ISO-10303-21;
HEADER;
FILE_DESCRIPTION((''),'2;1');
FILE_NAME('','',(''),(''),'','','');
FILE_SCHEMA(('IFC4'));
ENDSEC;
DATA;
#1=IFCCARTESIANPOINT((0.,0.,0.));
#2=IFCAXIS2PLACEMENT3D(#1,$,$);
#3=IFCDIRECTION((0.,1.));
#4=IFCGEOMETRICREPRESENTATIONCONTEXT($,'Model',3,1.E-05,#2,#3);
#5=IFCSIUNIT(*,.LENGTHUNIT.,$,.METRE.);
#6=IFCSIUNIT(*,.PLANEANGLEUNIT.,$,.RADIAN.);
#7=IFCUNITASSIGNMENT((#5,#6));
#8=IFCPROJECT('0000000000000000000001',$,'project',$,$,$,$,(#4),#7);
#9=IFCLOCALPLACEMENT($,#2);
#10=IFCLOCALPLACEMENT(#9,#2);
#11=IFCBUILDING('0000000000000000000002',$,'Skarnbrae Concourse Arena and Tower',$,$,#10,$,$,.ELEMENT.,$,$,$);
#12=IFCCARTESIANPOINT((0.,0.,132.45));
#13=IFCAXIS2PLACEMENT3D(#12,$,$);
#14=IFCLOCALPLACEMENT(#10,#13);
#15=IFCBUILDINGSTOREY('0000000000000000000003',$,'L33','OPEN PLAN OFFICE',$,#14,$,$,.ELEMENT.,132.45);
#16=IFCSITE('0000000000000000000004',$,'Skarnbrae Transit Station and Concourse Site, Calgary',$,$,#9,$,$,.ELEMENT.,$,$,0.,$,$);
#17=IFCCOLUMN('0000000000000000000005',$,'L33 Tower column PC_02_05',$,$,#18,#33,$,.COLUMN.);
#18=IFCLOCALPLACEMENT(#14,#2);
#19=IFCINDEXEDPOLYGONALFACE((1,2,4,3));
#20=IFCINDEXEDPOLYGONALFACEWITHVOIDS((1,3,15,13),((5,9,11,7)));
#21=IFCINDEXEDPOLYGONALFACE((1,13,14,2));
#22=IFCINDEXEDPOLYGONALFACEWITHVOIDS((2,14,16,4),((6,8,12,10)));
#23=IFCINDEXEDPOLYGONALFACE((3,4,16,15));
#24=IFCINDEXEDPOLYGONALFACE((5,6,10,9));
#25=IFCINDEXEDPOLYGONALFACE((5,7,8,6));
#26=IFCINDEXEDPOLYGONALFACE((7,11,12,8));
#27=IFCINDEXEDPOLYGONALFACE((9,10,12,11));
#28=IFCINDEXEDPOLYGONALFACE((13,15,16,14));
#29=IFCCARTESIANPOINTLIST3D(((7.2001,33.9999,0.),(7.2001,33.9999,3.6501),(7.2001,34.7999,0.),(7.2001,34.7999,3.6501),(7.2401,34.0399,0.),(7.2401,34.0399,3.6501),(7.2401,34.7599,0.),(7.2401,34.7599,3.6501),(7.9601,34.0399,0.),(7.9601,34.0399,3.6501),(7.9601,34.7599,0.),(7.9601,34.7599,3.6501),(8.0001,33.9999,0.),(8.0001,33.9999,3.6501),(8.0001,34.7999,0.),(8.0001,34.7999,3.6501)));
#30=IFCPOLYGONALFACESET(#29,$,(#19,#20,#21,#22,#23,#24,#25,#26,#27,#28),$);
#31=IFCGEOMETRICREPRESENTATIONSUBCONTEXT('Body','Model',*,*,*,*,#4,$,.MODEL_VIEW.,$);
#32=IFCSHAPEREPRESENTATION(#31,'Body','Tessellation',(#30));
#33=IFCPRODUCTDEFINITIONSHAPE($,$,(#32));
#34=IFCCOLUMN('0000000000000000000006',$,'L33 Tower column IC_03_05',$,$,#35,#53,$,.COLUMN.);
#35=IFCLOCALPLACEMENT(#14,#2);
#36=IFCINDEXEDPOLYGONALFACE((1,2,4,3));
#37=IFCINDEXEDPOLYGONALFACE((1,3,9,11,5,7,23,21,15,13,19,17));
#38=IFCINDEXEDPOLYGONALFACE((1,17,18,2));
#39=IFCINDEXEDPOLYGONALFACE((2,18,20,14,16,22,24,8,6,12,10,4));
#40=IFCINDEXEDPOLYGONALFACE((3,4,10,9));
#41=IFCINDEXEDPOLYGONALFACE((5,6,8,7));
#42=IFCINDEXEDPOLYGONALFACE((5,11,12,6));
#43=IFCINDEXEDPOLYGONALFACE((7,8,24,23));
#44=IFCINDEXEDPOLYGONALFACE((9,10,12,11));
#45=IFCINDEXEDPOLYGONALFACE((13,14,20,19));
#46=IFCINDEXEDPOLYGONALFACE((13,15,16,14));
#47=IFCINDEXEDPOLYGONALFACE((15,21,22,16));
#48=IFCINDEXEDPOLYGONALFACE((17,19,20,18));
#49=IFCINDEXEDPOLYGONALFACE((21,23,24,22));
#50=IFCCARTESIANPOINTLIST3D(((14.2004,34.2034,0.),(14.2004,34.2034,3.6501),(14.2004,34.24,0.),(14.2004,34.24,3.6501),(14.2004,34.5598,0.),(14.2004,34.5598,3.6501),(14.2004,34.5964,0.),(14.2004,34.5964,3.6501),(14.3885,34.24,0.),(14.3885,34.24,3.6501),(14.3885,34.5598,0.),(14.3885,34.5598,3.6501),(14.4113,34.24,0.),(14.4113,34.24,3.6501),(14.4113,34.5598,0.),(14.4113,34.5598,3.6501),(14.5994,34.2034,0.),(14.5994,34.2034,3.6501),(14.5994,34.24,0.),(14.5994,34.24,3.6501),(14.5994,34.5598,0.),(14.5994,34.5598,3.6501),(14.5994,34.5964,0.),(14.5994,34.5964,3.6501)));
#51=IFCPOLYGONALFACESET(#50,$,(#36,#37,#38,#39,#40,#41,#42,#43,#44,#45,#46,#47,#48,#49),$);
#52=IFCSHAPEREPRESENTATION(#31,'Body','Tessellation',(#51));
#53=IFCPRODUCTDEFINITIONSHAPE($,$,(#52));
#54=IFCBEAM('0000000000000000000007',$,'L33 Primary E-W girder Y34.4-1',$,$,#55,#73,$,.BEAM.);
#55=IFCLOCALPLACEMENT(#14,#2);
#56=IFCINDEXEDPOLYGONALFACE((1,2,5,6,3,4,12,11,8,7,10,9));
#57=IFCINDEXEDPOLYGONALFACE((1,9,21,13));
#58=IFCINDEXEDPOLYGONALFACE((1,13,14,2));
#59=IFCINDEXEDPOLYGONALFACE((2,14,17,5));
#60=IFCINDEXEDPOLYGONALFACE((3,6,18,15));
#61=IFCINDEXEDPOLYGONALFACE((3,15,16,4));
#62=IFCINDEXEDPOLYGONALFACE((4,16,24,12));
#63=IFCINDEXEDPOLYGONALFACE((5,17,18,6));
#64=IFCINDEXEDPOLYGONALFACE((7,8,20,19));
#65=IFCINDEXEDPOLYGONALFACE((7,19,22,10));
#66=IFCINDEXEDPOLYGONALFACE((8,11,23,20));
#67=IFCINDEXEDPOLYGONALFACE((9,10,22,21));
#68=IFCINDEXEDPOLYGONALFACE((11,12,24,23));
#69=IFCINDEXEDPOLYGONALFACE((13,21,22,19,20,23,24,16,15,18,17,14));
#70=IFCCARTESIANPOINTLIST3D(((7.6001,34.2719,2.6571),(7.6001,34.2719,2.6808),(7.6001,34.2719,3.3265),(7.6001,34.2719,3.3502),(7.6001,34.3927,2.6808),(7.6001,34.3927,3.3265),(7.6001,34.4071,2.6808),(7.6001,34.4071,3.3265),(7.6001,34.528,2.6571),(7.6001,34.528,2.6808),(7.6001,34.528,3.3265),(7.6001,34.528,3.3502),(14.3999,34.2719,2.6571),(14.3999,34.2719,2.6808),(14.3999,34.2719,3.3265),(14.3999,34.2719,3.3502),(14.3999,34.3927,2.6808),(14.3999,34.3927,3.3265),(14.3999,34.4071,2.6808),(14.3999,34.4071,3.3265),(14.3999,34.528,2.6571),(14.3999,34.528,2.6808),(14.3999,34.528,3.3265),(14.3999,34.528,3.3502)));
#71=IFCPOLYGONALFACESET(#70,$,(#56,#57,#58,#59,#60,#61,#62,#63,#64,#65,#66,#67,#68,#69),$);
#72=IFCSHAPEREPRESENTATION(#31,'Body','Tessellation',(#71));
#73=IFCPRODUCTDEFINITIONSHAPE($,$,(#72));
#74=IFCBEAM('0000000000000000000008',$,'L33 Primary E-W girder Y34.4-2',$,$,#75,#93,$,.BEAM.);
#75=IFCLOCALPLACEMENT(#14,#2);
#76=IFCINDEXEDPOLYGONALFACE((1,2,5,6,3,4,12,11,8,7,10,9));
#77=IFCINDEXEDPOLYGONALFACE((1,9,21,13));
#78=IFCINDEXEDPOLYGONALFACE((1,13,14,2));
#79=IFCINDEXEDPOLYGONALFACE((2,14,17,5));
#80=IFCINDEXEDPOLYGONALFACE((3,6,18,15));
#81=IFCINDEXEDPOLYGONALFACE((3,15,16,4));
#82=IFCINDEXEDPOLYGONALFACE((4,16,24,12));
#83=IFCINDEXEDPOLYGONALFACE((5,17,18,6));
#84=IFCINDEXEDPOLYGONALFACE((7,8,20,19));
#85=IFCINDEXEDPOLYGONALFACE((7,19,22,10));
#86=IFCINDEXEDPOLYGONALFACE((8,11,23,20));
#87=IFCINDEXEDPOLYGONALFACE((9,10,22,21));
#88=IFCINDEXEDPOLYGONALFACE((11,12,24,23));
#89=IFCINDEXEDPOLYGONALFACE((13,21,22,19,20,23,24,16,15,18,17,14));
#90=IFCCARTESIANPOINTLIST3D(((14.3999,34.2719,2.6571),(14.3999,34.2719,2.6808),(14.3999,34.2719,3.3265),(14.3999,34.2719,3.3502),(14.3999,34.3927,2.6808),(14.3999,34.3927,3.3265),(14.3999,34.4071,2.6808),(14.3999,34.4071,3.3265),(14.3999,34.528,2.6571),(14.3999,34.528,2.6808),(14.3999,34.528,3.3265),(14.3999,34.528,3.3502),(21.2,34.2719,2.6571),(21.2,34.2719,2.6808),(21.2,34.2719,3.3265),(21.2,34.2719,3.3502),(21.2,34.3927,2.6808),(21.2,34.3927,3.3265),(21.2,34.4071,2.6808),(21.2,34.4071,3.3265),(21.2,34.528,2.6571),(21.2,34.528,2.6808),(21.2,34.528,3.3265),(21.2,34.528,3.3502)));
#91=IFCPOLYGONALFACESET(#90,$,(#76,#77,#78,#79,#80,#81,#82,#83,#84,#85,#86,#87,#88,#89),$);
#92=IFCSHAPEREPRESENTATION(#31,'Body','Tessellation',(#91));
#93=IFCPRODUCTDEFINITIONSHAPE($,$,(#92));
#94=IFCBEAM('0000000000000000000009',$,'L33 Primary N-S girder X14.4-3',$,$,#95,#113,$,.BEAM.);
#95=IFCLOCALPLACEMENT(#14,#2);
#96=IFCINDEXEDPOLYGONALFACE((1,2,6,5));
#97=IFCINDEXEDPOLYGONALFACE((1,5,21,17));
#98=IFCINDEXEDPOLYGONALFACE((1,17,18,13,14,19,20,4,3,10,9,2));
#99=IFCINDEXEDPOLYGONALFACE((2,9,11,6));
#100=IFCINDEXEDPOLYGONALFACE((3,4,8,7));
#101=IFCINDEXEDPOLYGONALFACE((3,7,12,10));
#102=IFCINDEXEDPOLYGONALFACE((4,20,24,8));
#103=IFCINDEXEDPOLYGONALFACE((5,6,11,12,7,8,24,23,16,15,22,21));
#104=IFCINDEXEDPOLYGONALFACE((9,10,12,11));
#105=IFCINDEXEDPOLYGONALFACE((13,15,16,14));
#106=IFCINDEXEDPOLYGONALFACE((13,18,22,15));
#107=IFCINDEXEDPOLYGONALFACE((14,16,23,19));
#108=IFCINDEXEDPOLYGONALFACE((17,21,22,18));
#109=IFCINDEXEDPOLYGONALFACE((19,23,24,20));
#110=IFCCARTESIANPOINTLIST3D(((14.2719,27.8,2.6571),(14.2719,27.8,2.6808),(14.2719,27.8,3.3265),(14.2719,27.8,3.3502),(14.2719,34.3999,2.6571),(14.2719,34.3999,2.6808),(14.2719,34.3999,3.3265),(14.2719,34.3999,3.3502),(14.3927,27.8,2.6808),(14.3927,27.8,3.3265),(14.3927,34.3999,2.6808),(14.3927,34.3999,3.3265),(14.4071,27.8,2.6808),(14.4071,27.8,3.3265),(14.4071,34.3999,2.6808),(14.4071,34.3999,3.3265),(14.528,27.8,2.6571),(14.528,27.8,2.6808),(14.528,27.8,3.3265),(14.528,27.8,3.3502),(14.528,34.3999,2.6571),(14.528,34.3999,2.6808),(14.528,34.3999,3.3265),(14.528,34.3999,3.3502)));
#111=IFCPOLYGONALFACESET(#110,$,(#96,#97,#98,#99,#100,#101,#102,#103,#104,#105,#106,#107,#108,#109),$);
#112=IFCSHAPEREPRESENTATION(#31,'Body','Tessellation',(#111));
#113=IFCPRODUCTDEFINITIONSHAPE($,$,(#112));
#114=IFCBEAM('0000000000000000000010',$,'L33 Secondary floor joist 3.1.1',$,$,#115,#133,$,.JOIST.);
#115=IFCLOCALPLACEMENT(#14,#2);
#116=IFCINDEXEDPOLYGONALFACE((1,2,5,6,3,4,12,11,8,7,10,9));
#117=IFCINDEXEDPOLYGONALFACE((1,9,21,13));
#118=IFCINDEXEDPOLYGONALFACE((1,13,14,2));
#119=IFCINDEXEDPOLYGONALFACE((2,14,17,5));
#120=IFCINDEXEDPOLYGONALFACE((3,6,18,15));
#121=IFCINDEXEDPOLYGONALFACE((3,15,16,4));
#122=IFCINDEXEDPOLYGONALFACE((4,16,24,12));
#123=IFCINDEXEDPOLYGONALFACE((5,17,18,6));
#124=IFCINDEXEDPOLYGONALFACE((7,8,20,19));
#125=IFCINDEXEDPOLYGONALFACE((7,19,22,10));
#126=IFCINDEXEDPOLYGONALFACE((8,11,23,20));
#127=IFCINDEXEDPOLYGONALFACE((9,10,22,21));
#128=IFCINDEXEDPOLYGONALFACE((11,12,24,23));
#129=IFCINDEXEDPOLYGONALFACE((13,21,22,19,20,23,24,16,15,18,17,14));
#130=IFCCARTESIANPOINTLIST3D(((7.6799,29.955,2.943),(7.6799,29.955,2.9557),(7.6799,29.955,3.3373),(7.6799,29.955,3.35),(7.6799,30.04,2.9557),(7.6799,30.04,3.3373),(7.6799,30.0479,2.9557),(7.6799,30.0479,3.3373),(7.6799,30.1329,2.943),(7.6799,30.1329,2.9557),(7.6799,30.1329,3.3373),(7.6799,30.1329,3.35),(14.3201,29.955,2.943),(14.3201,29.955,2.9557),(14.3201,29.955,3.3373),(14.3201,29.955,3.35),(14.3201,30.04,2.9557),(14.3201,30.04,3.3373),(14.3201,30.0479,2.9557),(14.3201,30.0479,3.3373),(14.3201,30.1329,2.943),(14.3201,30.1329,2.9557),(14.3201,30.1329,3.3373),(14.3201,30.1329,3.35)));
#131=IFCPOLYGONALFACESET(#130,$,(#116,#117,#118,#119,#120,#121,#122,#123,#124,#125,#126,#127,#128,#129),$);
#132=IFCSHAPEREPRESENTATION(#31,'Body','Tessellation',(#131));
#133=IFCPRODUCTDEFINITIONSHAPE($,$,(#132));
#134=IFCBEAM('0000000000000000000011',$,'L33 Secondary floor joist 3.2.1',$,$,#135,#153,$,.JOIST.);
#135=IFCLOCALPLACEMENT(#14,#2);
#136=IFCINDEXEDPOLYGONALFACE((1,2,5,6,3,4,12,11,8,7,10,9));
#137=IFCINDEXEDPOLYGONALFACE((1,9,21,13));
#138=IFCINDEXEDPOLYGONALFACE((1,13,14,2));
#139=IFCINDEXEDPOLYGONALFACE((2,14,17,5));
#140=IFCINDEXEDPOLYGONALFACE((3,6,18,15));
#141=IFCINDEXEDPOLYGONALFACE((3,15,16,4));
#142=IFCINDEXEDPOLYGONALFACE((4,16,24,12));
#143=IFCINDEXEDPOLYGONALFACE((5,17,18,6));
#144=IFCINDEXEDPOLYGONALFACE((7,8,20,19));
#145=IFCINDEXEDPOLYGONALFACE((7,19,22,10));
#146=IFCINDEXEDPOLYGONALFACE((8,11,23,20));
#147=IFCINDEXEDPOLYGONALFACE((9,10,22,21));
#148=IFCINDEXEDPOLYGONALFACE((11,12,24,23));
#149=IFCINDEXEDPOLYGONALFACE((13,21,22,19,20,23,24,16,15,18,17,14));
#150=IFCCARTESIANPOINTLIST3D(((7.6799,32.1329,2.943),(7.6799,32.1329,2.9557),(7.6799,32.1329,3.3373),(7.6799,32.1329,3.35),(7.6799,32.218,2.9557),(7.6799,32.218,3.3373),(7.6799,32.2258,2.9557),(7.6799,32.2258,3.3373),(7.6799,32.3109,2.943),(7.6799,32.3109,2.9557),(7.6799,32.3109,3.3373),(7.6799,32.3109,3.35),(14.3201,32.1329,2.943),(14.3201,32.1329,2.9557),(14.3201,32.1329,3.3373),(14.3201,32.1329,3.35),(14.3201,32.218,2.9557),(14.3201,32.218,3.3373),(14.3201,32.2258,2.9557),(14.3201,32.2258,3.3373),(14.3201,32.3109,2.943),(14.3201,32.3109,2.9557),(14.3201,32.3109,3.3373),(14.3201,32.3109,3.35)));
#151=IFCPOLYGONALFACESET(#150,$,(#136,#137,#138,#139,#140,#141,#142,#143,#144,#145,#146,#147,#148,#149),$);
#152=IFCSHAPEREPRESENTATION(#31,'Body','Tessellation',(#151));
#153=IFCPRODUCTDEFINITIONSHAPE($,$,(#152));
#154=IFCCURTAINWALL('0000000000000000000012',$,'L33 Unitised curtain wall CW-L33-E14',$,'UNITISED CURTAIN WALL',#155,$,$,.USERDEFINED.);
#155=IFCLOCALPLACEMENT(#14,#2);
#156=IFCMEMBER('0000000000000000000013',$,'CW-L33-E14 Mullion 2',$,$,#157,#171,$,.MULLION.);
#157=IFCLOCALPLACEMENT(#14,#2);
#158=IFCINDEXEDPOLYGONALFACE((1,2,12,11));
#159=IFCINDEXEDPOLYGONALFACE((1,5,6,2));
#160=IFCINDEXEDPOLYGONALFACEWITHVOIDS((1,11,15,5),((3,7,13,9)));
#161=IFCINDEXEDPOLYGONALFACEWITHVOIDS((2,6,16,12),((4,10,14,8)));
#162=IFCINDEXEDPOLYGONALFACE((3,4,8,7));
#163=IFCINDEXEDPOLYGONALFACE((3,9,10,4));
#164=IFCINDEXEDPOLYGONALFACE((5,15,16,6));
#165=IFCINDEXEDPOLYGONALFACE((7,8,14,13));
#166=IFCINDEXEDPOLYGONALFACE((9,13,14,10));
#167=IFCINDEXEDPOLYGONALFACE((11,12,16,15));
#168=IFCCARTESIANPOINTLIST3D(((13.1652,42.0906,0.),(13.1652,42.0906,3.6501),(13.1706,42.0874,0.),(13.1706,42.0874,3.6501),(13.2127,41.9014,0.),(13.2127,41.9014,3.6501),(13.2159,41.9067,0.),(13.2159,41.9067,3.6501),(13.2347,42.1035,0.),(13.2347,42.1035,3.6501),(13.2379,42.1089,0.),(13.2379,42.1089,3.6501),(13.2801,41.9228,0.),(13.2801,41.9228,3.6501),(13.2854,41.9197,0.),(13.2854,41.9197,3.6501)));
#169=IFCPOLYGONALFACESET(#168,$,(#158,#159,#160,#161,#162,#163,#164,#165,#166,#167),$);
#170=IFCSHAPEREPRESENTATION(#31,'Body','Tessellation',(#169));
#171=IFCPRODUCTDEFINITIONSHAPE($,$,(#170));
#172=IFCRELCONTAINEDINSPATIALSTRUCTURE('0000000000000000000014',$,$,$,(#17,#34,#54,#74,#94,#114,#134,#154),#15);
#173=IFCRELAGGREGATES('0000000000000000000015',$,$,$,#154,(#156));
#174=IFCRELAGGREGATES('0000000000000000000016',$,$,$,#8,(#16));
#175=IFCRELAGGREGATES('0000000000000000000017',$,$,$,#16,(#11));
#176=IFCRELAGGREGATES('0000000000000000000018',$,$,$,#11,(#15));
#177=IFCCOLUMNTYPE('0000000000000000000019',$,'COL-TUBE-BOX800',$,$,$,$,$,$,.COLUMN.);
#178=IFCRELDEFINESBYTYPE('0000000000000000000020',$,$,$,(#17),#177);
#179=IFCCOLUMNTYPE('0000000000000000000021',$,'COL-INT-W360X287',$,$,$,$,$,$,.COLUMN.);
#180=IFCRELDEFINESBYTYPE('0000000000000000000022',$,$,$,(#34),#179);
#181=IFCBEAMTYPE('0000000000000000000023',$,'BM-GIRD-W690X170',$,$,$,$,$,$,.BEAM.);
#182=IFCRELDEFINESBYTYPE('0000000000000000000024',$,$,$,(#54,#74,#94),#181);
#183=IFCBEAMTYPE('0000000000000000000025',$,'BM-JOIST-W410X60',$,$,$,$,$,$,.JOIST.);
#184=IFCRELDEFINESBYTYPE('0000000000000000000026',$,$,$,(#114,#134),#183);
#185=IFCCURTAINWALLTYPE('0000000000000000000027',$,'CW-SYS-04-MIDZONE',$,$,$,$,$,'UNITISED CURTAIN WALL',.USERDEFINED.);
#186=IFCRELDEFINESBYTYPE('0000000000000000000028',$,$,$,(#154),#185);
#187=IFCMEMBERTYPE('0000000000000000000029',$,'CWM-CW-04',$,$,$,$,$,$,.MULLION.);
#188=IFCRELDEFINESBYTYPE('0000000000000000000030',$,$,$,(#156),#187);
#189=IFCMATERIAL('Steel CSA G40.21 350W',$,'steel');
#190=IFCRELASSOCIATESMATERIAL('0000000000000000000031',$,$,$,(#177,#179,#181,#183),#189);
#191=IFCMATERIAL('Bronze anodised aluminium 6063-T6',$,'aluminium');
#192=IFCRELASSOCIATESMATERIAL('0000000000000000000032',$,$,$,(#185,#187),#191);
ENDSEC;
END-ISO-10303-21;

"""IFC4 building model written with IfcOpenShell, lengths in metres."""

from ifc_helpers import new_model, si_unit, direction, frame, origin, origin_2d, place, context, subcontext, project, spatial, hollow_rectangle, i_section, extrude, source, transform, mapped, material, material_profile, profile_set, type_object, element, aggregate, save


model = new_model("IFC4")

# Units and contexts
model_context = context("Model", 3, precision=1e-05, world=origin(), true_north=direction((0.0, 1.0)))
body_context = subcontext(model_context, "Body", "Model", "MODEL_VIEW")
ifc_project = project(units=[si_unit("LENGTHUNIT", "METRE"), si_unit("PLANEANGLEUNIT", "RADIAN")], contexts=[model_context])

# Site, building, storey
site_placement = place(None, origin())
site = spatial("IfcSite", under=ifc_project, at=site_placement, Name="Skarnbrae Transit Station and Concourse Site, Calgary", CompositionType="ELEMENT", RefElevation=0.0)
building_placement = place(site_placement, origin())
building = spatial("IfcBuilding", under=site, at=building_placement, Name="Skarnbrae Concourse Arena and Tower", CompositionType="ELEMENT")
storey_placement = place(building_placement, frame((0.0, 0.0, 132.45)))
storey = spatial("IfcBuildingStorey", under=building, at=storey_placement, Name="L33", Description="OPEN PLAN OFFICE", CompositionType="ELEMENT", Elevation=132.45)

# Columns
ifc_material_1 = material(Name="Steel CSA G40.21 350W", Category="steel")
ifc_material_profile_1 = material_profile(ifc_material_1, hollow_rectangle(XDim=0.8, YDim=0.8, WallThickness=0.04, at=origin_2d()), Name="BOX800X800X40")
ifc_profile_set_1 = profile_set([ifc_material_profile_1], Name="Steel CSA G40.21 350W")
column_type_1 = type_object("IfcColumnType", Name="COL-TUBE-BOX800", PredefinedType="COLUMN", material=ifc_profile_set_1)
shared_shape_1 = source(origin(), body_context, "Body", "SweptSolid", [
    extrude(hollow_rectangle(XDim=0.8, YDim=0.8, WallThickness=0.04, at=origin_2d()), origin(), (0.0, 0.0, 1.0), 3.6501),
])
column_1_placement = place(storey_placement, frame((7.6001, 34.3999, 0.0), z_axis=(0.0, 0.0, 1.0), x_axis=(1.0, 0.0, 0.0)))
element("IfcColumn", 1, at=column_1_placement, inside=storey, type_object=column_type_1, Name="L33 Tower column PC_02_05", PredefinedType="COLUMN", context=body_context, shape_type="MappedRepresentation", body=[
    mapped(shared_shape_1, transform((0.0, 0.0, 0.0))),
])
ifc_material_profile_2 = material_profile(ifc_material_1, i_section(OverallWidth=0.3989, OverallDepth=0.3931, WebThickness=0.0227, FlangeThickness=0.0366, at=origin_2d()), Name="W360X287")
ifc_profile_set_2 = profile_set([ifc_material_profile_2], Name="Steel CSA G40.21 350W")
column_type_2 = type_object("IfcColumnType", Name="COL-INT-W360X287", PredefinedType="COLUMN", material=ifc_profile_set_2)
shared_shape_2 = source(origin(), body_context, "Body", "SweptSolid", [
    extrude(i_section(OverallWidth=0.3989, OverallDepth=0.3931, WebThickness=0.0227, FlangeThickness=0.0366, at=origin_2d()), origin(), (0.0, 0.0, 1.0), 3.6501),
])
column_2_placement = place(storey_placement, frame((14.3999, 34.3999, 0.0), z_axis=(0.0, 0.0, 1.0), x_axis=(1.0, 0.0, 0.0)))
element("IfcColumn", 2, at=column_2_placement, inside=storey, type_object=column_type_2, Name="L33 Tower column IC_03_05", PredefinedType="COLUMN", context=body_context, shape_type="MappedRepresentation", body=[
    mapped(shared_shape_2, transform((0.0, 0.0, 0.0))),
])

# Beams
ifc_material_profile_3 = material_profile(ifc_material_1, i_section(OverallWidth=0.2561, OverallDepth=0.6931, WebThickness=0.0144, FlangeThickness=0.0237, at=origin_2d()), Name="W690X170")
ifc_profile_set_3 = profile_set([ifc_material_profile_3], Name="Steel CSA G40.21 350W")
beam_type_1 = type_object("IfcBeamType", Name="BM-GIRD-W690X170", PredefinedType="BEAM", material=ifc_profile_set_3)
shared_shape_3 = source(origin(), body_context, "Body", "SweptSolid", [
    extrude(i_section(OverallWidth=0.2561, OverallDepth=0.6931, WebThickness=0.0144, FlangeThickness=0.0237, at=origin_2d()), origin(), (0.0, 0.0, 1.0), 6.7998),
])
beam_1_placement = place(storey_placement, frame((7.6001, 34.3999, 3.0037), z_axis=(1.0, 0.0, 0.0), x_axis=(0.0, 1.0, 0.0)))
element("IfcBeam", 3, at=beam_1_placement, inside=storey, type_object=beam_type_1, Name="L33 Primary E-W girder Y34.4-1", PredefinedType="BEAM", context=body_context, shape_type="MappedRepresentation", body=[
    mapped(shared_shape_3, transform((0.0, 0.0, 0.0))),
])
shared_shape_4 = source(origin(), body_context, "Body", "SweptSolid", [
    extrude(i_section(OverallWidth=0.2561, OverallDepth=0.6931, WebThickness=0.0144, FlangeThickness=0.0237, at=origin_2d()), origin(), (0.0, 0.0, 1.0), 6.8),
])
beam_2_placement = place(storey_placement, frame((14.3999, 34.3999, 3.0037), z_axis=(1.0, 0.0, 0.0), x_axis=(0.0, 1.0, 0.0)))
element("IfcBeam", 4, at=beam_2_placement, inside=storey, type_object=beam_type_1, Name="L33 Primary E-W girder Y34.4-2", PredefinedType="BEAM", context=body_context, shape_type="MappedRepresentation", body=[
    mapped(shared_shape_4, transform((0.0, 0.0, 0.0))),
])
shared_shape_5 = source(origin(), body_context, "Body", "SweptSolid", [
    extrude(i_section(OverallWidth=0.2561, OverallDepth=0.6931, WebThickness=0.0144, FlangeThickness=0.0237, at=origin_2d()), origin(), (0.0, 0.0, 1.0), 6.5999),
])
beam_3_placement = place(storey_placement, frame((14.3999, 27.8, 3.0037), z_axis=(0.0, 1.0, 0.0), x_axis=(-1.0, 0.0, 0.0)))
element("IfcBeam", 5, at=beam_3_placement, inside=storey, type_object=beam_type_1, Name="L33 Primary N-S girder X14.4-3", PredefinedType="BEAM", context=body_context, shape_type="MappedRepresentation", body=[
    mapped(shared_shape_5, transform((0.0, 0.0, 0.0))),
])
ifc_material_profile_4 = material_profile(ifc_material_1, i_section(OverallWidth=0.178, OverallDepth=0.407, WebThickness=0.0078, FlangeThickness=0.0127, at=origin_2d()), Name="W410X60")
ifc_profile_set_4 = profile_set([ifc_material_profile_4], Name="Steel CSA G40.21 350W")
beam_type_2 = type_object("IfcBeamType", Name="BM-JOIST-W410X60", PredefinedType="JOIST", material=ifc_profile_set_4)
shared_shape_6 = source(origin(), body_context, "Body", "SweptSolid", [
    extrude(i_section(OverallWidth=0.178, OverallDepth=0.407, WebThickness=0.0078, FlangeThickness=0.0127, at=origin_2d()), origin(), (0.0, 0.0, 1.0), 6.6401),
])
for number, where, z_axis, x_axis, name in (
    (6, (7.6799, 30.0439, 3.1465), (1.0, 0.0, 0.0), (0.0, 1.0, 0.0), "L33 Secondary floor joist 3.1.1"),
    (7, (7.6799, 32.2219, 3.1465), (1.0, 0.0, 0.0), (0.0, 1.0, 0.0), "L33 Secondary floor joist 3.2.1"),
):
    element("IfcBeam", number, at=place(storey_placement, frame(where, z_axis=z_axis, x_axis=x_axis)), inside=storey, type_object=beam_type_2, Name=name, PredefinedType="JOIST", context=body_context, shape_type="MappedRepresentation", body=[
        mapped(shared_shape_6, transform((0.0, 0.0, 0.0))),
    ])

# Curtain wall, member
ifc_material_2 = material(Name="Bronze anodised aluminium 6063-T6", Category="aluminium")
curtain_wall_type = type_object("IfcCurtainWallType", Name="CW-SYS-04-MIDZONE", ElementType="UNITISED CURTAIN WALL", PredefinedType="USERDEFINED", material=ifc_material_2)
curtain_wall_1_placement = place(storey_placement, origin())
curtain_wall_1 = element("IfcCurtainWall", 8, at=curtain_wall_1_placement, inside=storey, type_object=curtain_wall_type, Name="L33 Unitised curtain wall CW-L33-E14", ObjectType="UNITISED CURTAIN WALL", PredefinedType="USERDEFINED")
ifc_material_profile_5 = material_profile(ifc_material_2, hollow_rectangle(XDim=0.075, YDim=0.1951, WallThickness=0.0044, at=origin_2d()), Name="ALU-MULL-75X195")
ifc_profile_set_5 = profile_set([ifc_material_profile_5], Name="Bronze anodised aluminium 6063-T6")
member_type_1 = type_object("IfcMemberType", Name="CWM-CW-04", PredefinedType="MULLION", material=ifc_profile_set_5)
shared_shape_7 = source(origin(), body_context, "Body", "SweptSolid", [
    extrude(hollow_rectangle(XDim=0.075, YDim=0.1951, WallThickness=0.0044, at=origin_2d()), origin(), (0.0, 0.0, 1.0), 3.6501),
])
member_1_placement = place(storey_placement, frame((13.2253, 42.0051, 0.0), z_axis=(0.0, 0.0, 1.0), x_axis=(-0.969903, -0.243491, 0.0)))
member_1 = element("IfcMember", 9, at=member_1_placement, type_object=member_type_1, Name="CW-L33-E14 Mullion 2", PredefinedType="MULLION", context=body_context, shape_type="MappedRepresentation", body=[
    mapped(shared_shape_7, transform((0.0, 0.0, 0.0))),
])
aggregate(curtain_wall_1, [member_1])

save(model, "model.ifc")
